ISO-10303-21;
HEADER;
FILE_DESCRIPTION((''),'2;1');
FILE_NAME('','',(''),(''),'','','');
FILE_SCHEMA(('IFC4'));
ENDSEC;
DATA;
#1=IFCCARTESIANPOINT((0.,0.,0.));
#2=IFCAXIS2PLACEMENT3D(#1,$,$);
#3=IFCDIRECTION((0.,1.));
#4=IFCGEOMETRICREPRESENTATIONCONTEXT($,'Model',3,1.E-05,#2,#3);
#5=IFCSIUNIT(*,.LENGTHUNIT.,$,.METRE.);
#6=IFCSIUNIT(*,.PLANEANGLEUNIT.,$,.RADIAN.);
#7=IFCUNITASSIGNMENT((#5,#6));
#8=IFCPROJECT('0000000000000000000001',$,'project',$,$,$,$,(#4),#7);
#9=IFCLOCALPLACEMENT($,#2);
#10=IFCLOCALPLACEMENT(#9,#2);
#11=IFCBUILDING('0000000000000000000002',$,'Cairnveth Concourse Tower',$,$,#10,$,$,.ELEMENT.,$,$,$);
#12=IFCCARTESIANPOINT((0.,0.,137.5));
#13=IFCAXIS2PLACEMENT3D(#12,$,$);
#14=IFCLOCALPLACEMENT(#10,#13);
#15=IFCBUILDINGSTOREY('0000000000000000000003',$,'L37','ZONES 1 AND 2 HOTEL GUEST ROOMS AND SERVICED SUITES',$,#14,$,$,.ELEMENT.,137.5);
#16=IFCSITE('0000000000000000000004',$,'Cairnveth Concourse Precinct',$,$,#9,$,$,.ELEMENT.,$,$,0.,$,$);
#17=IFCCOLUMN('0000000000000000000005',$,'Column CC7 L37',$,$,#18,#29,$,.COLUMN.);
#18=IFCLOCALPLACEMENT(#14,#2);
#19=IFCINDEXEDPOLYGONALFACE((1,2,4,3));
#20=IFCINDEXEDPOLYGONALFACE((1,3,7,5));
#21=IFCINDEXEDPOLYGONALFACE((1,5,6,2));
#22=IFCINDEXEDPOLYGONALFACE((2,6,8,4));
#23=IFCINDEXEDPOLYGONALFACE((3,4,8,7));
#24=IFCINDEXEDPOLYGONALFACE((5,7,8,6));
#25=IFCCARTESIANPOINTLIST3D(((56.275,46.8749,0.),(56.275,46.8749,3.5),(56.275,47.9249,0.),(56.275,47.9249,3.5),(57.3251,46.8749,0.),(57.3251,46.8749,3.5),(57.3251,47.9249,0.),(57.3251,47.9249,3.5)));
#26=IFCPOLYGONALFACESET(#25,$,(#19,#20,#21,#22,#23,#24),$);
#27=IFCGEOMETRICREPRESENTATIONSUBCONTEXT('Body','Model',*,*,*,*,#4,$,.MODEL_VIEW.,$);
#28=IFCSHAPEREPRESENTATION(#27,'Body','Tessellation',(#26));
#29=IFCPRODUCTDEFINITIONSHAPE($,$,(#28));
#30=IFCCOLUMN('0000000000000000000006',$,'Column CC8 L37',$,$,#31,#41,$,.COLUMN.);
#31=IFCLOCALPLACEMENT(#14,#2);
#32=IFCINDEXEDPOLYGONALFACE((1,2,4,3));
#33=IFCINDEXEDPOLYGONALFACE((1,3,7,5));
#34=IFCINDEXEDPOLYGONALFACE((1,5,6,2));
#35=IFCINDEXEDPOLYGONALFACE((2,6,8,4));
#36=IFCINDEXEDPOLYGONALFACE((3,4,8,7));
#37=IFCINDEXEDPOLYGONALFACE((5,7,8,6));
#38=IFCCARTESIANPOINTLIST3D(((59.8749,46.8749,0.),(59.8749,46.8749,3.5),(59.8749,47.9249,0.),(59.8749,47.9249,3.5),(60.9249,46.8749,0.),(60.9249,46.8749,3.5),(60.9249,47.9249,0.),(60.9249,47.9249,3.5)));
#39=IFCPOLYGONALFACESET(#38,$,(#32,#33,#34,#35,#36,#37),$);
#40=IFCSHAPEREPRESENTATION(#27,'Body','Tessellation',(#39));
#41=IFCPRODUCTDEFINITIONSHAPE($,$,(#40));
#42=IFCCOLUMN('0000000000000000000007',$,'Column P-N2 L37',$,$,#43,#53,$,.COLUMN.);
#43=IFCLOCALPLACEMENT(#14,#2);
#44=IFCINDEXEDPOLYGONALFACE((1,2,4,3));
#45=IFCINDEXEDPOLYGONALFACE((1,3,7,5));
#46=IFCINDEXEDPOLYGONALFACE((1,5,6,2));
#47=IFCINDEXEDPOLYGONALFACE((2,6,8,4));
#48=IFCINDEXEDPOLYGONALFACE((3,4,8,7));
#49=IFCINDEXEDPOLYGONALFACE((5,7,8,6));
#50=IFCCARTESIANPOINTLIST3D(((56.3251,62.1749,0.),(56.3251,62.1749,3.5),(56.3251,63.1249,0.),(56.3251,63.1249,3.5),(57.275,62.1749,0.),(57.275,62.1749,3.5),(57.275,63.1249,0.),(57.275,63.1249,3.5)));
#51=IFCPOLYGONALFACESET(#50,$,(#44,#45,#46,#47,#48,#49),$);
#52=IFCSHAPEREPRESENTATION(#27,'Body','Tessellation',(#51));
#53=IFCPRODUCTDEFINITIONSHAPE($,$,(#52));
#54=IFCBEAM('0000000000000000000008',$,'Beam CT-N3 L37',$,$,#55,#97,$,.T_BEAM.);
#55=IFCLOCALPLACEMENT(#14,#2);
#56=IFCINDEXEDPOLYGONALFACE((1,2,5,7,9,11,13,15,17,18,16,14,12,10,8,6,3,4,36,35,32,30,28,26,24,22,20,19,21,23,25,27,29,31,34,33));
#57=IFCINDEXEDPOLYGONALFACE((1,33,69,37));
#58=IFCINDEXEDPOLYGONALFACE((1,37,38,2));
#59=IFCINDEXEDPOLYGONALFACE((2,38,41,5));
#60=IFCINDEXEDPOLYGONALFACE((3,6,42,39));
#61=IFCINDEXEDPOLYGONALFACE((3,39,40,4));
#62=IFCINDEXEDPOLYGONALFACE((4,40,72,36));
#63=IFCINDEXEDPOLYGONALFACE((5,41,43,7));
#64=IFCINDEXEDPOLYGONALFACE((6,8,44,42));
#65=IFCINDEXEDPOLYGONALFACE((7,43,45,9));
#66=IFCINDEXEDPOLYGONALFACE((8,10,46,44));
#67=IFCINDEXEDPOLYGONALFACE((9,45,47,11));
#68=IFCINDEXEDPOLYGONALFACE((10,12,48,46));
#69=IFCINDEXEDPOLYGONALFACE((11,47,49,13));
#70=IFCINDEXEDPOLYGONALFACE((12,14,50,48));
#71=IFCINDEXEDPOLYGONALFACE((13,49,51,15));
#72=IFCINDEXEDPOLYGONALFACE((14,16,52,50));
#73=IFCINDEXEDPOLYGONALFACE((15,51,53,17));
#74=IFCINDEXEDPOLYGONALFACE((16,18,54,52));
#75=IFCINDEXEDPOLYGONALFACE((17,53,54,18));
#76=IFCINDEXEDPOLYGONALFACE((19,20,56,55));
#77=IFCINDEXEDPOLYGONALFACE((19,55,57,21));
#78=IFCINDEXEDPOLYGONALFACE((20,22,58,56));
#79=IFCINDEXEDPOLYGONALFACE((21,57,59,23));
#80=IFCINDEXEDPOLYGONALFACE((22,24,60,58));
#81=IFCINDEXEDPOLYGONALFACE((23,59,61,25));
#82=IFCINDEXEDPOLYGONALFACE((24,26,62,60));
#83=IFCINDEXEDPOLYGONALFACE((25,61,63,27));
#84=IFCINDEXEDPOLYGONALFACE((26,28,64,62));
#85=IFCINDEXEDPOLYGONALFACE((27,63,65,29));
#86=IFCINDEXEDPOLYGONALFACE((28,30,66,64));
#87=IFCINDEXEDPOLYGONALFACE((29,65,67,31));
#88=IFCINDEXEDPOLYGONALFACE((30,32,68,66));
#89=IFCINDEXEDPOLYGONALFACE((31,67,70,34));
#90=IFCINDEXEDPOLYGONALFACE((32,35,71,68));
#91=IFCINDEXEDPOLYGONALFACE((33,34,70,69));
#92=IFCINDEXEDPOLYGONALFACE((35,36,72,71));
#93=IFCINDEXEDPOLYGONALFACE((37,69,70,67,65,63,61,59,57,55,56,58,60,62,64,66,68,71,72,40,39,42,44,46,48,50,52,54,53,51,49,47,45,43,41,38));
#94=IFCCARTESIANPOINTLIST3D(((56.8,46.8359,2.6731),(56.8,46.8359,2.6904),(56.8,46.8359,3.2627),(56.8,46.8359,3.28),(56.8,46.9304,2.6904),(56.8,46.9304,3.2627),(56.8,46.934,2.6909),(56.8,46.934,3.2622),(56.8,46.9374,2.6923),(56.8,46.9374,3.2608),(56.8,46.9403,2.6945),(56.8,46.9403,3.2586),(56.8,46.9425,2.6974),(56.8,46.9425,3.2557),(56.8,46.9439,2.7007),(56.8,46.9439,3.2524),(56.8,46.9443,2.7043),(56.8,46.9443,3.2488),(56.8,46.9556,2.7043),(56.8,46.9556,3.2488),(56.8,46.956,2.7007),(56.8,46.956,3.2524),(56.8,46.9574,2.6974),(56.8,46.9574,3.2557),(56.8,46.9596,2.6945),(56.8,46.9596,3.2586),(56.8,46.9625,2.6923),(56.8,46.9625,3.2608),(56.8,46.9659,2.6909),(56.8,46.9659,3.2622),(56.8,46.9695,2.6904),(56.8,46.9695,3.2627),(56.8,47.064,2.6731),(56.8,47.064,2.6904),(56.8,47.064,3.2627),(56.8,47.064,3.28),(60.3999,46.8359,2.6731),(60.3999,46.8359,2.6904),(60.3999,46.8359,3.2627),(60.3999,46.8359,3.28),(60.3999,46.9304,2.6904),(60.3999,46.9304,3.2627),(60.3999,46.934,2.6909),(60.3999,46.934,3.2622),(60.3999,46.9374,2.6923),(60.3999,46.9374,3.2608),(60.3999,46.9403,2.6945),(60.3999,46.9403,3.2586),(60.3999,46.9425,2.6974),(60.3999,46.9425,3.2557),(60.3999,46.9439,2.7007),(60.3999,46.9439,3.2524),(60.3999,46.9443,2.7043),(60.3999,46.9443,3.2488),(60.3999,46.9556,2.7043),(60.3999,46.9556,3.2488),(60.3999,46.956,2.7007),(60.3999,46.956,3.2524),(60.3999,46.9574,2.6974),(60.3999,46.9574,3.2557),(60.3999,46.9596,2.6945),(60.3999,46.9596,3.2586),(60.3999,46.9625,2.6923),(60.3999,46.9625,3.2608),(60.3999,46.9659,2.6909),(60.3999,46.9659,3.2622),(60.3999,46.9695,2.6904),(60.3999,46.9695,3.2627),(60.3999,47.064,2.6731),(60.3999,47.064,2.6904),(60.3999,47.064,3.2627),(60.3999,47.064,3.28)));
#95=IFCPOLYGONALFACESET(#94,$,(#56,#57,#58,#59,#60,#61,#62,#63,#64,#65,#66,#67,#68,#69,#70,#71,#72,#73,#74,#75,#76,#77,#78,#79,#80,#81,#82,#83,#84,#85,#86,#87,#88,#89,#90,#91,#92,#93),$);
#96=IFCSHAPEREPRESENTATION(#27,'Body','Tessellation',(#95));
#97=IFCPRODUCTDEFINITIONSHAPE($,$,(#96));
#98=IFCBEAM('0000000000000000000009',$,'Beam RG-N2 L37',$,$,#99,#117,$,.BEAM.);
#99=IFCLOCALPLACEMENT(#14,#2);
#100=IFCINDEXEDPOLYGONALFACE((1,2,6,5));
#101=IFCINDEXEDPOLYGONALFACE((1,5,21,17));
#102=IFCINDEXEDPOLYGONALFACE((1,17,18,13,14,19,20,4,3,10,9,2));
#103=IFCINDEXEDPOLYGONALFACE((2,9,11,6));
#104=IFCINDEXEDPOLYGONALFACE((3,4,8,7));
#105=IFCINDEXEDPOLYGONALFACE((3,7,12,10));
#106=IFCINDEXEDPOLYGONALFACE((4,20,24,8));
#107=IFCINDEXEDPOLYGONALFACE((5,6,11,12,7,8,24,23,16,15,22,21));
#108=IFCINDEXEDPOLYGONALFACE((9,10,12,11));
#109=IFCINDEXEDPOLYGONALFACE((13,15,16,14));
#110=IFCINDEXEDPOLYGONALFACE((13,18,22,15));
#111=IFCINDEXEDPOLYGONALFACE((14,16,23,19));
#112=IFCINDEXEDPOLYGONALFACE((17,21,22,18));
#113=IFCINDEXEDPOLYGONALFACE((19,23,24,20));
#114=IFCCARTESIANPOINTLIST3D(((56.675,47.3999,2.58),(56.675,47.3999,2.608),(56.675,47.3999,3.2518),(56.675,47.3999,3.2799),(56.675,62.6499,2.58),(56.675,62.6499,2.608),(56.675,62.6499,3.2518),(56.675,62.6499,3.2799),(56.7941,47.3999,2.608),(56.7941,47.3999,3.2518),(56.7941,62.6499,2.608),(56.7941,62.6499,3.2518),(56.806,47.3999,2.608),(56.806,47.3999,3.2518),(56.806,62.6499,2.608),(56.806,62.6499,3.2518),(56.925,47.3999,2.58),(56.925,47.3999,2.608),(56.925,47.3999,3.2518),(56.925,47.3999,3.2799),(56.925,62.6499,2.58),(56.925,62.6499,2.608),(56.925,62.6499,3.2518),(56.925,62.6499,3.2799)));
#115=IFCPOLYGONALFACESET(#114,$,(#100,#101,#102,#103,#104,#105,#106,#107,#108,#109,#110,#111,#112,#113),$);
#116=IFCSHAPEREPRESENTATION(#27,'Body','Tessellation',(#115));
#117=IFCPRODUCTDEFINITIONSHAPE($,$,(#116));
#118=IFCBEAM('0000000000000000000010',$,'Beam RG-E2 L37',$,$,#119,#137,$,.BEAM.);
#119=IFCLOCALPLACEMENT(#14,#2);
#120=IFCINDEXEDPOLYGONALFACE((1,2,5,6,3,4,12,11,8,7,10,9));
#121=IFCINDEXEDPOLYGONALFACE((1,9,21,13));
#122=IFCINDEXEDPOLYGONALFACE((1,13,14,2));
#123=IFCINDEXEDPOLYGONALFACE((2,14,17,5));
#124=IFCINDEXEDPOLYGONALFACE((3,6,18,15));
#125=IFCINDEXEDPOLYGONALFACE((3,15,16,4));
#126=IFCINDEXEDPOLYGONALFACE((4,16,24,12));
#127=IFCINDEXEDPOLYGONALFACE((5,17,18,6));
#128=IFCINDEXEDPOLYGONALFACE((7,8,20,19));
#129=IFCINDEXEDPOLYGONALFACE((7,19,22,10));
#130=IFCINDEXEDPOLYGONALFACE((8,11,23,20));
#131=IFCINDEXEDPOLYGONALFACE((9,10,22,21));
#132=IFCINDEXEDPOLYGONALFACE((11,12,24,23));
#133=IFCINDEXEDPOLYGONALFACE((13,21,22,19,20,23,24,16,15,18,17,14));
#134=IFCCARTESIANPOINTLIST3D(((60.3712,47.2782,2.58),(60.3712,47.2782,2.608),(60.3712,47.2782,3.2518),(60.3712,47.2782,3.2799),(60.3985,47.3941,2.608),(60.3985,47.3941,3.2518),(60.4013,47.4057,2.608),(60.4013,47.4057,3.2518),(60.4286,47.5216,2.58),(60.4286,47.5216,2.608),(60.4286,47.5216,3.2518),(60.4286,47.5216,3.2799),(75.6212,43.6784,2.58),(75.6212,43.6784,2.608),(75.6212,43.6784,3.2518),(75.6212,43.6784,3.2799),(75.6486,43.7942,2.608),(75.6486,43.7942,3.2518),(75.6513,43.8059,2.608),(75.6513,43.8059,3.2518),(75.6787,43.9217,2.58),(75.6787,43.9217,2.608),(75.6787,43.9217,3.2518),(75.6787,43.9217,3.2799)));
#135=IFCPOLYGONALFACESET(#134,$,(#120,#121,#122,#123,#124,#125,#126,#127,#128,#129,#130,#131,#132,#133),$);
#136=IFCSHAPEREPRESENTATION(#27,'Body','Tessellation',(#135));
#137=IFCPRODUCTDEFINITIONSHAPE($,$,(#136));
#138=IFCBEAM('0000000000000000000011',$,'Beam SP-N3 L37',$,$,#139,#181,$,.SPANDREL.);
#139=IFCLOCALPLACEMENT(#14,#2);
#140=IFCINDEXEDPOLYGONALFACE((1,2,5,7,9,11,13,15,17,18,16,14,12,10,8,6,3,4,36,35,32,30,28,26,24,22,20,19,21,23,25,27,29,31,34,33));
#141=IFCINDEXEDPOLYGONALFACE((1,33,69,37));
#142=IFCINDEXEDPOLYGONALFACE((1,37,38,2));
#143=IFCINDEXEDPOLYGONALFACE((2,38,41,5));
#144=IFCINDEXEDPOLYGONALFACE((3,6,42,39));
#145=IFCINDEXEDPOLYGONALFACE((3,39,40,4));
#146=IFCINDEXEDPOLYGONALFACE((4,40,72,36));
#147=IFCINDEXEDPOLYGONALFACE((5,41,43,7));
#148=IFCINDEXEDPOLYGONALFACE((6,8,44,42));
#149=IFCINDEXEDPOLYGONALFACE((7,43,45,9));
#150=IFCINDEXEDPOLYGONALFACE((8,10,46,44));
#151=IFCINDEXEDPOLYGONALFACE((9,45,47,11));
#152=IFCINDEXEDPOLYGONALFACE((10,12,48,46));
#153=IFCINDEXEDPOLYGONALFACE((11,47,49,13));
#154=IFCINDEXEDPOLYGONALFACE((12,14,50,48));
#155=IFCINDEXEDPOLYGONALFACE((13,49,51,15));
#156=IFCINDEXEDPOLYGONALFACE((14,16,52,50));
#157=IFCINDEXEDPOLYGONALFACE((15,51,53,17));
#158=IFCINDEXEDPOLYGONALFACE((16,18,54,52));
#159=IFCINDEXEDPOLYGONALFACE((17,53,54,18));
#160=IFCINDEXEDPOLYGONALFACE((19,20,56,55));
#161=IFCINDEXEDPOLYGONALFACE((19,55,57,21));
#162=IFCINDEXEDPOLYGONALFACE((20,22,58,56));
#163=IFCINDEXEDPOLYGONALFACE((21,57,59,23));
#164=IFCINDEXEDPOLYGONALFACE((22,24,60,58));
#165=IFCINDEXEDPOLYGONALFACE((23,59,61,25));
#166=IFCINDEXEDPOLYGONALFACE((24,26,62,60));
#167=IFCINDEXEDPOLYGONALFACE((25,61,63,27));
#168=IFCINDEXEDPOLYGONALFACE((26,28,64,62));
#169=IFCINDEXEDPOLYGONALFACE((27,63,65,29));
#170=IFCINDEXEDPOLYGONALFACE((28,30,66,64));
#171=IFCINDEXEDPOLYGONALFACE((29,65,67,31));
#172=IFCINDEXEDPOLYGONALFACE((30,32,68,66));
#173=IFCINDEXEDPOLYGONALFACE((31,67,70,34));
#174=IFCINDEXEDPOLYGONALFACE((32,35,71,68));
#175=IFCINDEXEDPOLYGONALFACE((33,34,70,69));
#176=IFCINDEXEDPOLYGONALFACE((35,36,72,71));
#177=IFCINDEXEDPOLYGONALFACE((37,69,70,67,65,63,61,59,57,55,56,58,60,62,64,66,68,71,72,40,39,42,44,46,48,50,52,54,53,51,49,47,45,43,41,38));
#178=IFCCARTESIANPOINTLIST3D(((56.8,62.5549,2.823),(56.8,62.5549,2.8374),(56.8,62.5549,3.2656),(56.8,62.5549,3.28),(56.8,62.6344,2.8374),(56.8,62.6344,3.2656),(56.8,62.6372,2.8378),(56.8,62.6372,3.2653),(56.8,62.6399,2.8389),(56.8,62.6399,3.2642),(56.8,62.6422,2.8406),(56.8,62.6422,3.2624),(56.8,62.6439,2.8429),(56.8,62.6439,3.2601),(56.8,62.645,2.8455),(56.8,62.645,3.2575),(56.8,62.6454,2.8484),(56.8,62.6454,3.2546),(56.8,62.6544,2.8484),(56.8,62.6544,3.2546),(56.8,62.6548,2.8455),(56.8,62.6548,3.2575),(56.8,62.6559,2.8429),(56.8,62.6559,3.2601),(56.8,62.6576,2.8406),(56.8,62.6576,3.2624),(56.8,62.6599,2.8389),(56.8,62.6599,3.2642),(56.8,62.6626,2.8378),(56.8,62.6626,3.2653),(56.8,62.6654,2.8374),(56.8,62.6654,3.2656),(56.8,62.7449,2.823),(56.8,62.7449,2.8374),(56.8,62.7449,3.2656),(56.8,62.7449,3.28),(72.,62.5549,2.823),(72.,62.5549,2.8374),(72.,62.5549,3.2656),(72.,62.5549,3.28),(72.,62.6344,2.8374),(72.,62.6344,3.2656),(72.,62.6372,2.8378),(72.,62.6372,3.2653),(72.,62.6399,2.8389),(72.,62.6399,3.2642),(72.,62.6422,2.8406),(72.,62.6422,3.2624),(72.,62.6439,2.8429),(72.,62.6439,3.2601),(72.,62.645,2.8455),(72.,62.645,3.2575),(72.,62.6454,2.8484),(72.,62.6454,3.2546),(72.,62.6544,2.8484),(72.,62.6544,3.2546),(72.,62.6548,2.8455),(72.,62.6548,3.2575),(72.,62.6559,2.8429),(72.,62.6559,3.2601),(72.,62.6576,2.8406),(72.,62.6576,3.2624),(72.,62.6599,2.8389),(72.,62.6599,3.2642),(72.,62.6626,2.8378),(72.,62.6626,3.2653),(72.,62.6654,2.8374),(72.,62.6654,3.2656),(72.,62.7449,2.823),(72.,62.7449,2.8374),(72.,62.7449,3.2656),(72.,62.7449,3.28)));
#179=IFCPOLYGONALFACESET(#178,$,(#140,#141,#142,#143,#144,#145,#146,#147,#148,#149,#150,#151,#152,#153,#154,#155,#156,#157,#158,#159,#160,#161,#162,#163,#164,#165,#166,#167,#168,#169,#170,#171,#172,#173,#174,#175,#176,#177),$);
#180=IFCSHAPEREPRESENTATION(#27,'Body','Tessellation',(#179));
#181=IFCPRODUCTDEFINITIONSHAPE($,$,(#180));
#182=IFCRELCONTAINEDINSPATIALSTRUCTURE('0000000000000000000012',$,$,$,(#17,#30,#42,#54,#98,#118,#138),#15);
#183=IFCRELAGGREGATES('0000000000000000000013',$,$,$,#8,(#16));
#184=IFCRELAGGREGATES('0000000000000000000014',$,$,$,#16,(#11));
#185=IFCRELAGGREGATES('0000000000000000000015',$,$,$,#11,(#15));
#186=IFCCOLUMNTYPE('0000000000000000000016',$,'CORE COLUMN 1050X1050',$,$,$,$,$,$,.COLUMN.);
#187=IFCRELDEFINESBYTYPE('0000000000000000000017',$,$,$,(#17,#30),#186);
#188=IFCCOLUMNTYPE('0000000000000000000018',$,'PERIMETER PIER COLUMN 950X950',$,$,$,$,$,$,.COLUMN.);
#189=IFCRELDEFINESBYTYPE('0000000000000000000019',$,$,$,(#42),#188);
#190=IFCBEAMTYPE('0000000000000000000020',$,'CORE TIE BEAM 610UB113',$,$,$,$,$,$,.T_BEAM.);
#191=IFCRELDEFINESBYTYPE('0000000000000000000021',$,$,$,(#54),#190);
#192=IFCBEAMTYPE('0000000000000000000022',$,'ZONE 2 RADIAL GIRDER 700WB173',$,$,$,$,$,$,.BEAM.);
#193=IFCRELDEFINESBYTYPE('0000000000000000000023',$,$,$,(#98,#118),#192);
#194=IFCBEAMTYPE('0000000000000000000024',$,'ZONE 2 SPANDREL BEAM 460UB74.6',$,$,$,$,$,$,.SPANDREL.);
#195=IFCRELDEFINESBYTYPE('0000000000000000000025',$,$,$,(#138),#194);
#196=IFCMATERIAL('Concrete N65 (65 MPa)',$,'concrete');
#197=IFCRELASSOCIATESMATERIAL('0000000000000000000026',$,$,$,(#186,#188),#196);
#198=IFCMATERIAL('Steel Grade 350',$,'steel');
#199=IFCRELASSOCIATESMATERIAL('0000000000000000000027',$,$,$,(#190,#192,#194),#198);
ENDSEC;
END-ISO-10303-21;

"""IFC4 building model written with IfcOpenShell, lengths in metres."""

from ifc_helpers import new_model, si_unit, direction, frame, origin, origin_2d, place, context, subcontext, project, spatial, rectangle, i_section, extrude, material, material_profile, profile_set, type_object, element, save


model = new_model("IFC4")

# Units and contexts
model_context = context("Model", 3, precision=1e-05, world=origin(), true_north=direction((0.0, 1.0)))
body_context = subcontext(model_context, "Body", "Model", "MODEL_VIEW")
ifc_project = project(units=[si_unit("LENGTHUNIT", "METRE"), si_unit("PLANEANGLEUNIT", "RADIAN")], contexts=[model_context])

# Site, building, storey
site_placement = place(None, origin())
site = spatial("IfcSite", under=ifc_project, at=site_placement, Name="Cairnveth Concourse Precinct", CompositionType="ELEMENT", RefElevation=0.0)
building_placement = place(site_placement, origin())
building = spatial("IfcBuilding", under=site, at=building_placement, Name="Cairnveth Concourse Tower", CompositionType="ELEMENT")
storey_placement = place(building_placement, frame((0.0, 0.0, 137.5)))
storey = spatial("IfcBuildingStorey", under=building, at=storey_placement, Name="L37", Description="ZONES 1 AND 2 HOTEL GUEST ROOMS AND SERVICED SUITES", CompositionType="ELEMENT", Elevation=137.5)

# Columns
ifc_material_1 = material(Name="Concrete N65 (65 MPa)", Category="concrete")
ifc_material_profile_1 = material_profile(ifc_material_1, rectangle(XDim=1.05, YDim=1.05, at=origin_2d()), Name="RC-COL-1050x1050")
ifc_profile_set_1 = profile_set([ifc_material_profile_1], Name="Concrete N65 (65 MPa)")
column_type_1 = type_object("IfcColumnType", Name="CORE COLUMN 1050X1050", PredefinedType="COLUMN", material=ifc_profile_set_1)
for number, where, z_axis, x_axis, name in (
    (1, (56.8, 47.3999, 0.0), (0.0, 0.0, 1.0), (1.0, 0.0, 0.0), "Column CC7 L37"),
    (2, (60.3999, 47.3999, 0.0), (0.0, 0.0, 1.0), (1.0, 0.0, 0.0), "Column CC8 L37"),
):
    element("IfcColumn", number, at=place(storey_placement, frame(where, z_axis=z_axis, x_axis=x_axis)), inside=storey, type_object=column_type_1, Name=name, PredefinedType="COLUMN", context=body_context, shape_type="SweptSolid", body=[
        extrude(rectangle(XDim=1.05, YDim=1.05, at=origin_2d()), origin(), (0.0, 0.0, 1.0), 3.5),
    ])
ifc_material_profile_2 = material_profile(ifc_material_1, rectangle(XDim=0.95, YDim=0.95, at=origin_2d()), Name="RC-COL-950x950")
ifc_profile_set_2 = profile_set([ifc_material_profile_2], Name="Concrete N65 (65 MPa)")
column_type_2 = type_object("IfcColumnType", Name="PERIMETER PIER COLUMN 950X950", PredefinedType="COLUMN", material=ifc_profile_set_2)
column_placement = place(storey_placement, frame((56.8, 62.6499, 0.0), z_axis=(0.0, 0.0, 1.0), x_axis=(1.0, 0.0, 0.0)))
element("IfcColumn", 3, at=column_placement, inside=storey, type_object=column_type_2, Name="Column P-N2 L37", PredefinedType="COLUMN", context=body_context, shape_type="SweptSolid", body=[
    extrude(rectangle(XDim=0.95, YDim=0.95, at=origin_2d()), origin(), (0.0, 0.0, 1.0), 3.5),
])

# Beams
ifc_material_2 = material(Name="Steel Grade 350", Category="steel")
ifc_material_profile_3 = material_profile(ifc_material_2, i_section(OverallWidth=0.228, OverallDepth=0.6069, WebThickness=0.0112, FlangeThickness=0.0173, FilletRadius=0.0139, at=origin_2d()), Name="610UB113")
ifc_profile_set_3 = profile_set([ifc_material_profile_3], Name="Steel Grade 350")
beam_type_1 = type_object("IfcBeamType", Name="CORE TIE BEAM 610UB113", PredefinedType="T_BEAM", material=ifc_profile_set_3)
beam_1_placement = place(storey_placement, frame((56.8, 46.95, 2.9766), z_axis=(1.0, 0.0, 0.0), x_axis=(0.0, 1.0, 0.0)))
element("IfcBeam", 4, at=beam_1_placement, inside=storey, type_object=beam_type_1, Name="Beam CT-N3 L37", PredefinedType="T_BEAM", context=body_context, shape_type="SweptSolid", body=[
    extrude(i_section(OverallWidth=0.228, OverallDepth=0.6069, WebThickness=0.0112, FlangeThickness=0.0173, FilletRadius=0.0139, at=origin_2d()), origin(), (0.0, 0.0, 1.0), 3.5999),
])
ifc_material_profile_4 = material_profile(ifc_material_2, i_section(OverallWidth=0.25, OverallDepth=0.7, WebThickness=0.012, FlangeThickness=0.0281, at=origin_2d()), Name="700WB173")
ifc_profile_set_4 = profile_set([ifc_material_profile_4], Name="Steel Grade 350")
beam_type_2 = type_object("IfcBeamType", Name="ZONE 2 RADIAL GIRDER 700WB173", PredefinedType="BEAM", material=ifc_profile_set_4)
beam_2_placement = place(storey_placement, frame((56.8, 47.3999, 2.9299), z_axis=(0.0, 1.0, 0.0), x_axis=(-1.0, 0.0, 0.0)))
element("IfcBeam", 5, at=beam_2_placement, inside=storey, type_object=beam_type_2, Name="Beam RG-N2 L37", PredefinedType="BEAM", context=body_context, shape_type="SweptSolid", body=[
    extrude(i_section(OverallWidth=0.25, OverallDepth=0.7, WebThickness=0.012, FlangeThickness=0.0281, at=origin_2d()), origin(), (0.0, 0.0, 1.0), 15.25),
])
beam_3_placement = place(storey_placement, frame((60.3999, 47.3999, 2.9299), z_axis=(0.973252, -0.229742, 0.0), x_axis=(0.229742, 0.973252, 0.0)))
element("IfcBeam", 6, at=beam_3_placement, inside=storey, type_object=beam_type_2, Name="Beam RG-E2 L37", PredefinedType="BEAM", context=body_context, shape_type="SweptSolid", body=[
    extrude(i_section(OverallWidth=0.25, OverallDepth=0.7, WebThickness=0.012, FlangeThickness=0.0281, at=origin_2d()), origin(), (0.0, 0.0, 1.0), 15.6692),
])
ifc_material_profile_5 = material_profile(ifc_material_2, i_section(OverallWidth=0.1899, OverallDepth=0.457, WebThickness=0.009, FlangeThickness=0.0144, FilletRadius=0.011, at=origin_2d()), Name="460UB74.6")
ifc_profile_set_5 = profile_set([ifc_material_profile_5], Name="Steel Grade 350")
beam_type_3 = type_object("IfcBeamType", Name="ZONE 2 SPANDREL BEAM 460UB74.6", PredefinedType="SPANDREL", material=ifc_profile_set_5)
beam_4_placement = place(storey_placement, frame((56.8, 62.6499, 3.0515), z_axis=(1.0, 0.0, 0.0), x_axis=(0.0, 1.0, 0.0)))
element("IfcBeam", 7, at=beam_4_placement, inside=storey, type_object=beam_type_3, Name="Beam SP-N3 L37", PredefinedType="SPANDREL", context=body_context, shape_type="SweptSolid", body=[
    extrude(i_section(OverallWidth=0.1899, OverallDepth=0.457, WebThickness=0.009, FlangeThickness=0.0144, FilletRadius=0.011, at=origin_2d()), origin(), (0.0, 0.0, 1.0), 15.2),
])

save(model, "model.ifc")
